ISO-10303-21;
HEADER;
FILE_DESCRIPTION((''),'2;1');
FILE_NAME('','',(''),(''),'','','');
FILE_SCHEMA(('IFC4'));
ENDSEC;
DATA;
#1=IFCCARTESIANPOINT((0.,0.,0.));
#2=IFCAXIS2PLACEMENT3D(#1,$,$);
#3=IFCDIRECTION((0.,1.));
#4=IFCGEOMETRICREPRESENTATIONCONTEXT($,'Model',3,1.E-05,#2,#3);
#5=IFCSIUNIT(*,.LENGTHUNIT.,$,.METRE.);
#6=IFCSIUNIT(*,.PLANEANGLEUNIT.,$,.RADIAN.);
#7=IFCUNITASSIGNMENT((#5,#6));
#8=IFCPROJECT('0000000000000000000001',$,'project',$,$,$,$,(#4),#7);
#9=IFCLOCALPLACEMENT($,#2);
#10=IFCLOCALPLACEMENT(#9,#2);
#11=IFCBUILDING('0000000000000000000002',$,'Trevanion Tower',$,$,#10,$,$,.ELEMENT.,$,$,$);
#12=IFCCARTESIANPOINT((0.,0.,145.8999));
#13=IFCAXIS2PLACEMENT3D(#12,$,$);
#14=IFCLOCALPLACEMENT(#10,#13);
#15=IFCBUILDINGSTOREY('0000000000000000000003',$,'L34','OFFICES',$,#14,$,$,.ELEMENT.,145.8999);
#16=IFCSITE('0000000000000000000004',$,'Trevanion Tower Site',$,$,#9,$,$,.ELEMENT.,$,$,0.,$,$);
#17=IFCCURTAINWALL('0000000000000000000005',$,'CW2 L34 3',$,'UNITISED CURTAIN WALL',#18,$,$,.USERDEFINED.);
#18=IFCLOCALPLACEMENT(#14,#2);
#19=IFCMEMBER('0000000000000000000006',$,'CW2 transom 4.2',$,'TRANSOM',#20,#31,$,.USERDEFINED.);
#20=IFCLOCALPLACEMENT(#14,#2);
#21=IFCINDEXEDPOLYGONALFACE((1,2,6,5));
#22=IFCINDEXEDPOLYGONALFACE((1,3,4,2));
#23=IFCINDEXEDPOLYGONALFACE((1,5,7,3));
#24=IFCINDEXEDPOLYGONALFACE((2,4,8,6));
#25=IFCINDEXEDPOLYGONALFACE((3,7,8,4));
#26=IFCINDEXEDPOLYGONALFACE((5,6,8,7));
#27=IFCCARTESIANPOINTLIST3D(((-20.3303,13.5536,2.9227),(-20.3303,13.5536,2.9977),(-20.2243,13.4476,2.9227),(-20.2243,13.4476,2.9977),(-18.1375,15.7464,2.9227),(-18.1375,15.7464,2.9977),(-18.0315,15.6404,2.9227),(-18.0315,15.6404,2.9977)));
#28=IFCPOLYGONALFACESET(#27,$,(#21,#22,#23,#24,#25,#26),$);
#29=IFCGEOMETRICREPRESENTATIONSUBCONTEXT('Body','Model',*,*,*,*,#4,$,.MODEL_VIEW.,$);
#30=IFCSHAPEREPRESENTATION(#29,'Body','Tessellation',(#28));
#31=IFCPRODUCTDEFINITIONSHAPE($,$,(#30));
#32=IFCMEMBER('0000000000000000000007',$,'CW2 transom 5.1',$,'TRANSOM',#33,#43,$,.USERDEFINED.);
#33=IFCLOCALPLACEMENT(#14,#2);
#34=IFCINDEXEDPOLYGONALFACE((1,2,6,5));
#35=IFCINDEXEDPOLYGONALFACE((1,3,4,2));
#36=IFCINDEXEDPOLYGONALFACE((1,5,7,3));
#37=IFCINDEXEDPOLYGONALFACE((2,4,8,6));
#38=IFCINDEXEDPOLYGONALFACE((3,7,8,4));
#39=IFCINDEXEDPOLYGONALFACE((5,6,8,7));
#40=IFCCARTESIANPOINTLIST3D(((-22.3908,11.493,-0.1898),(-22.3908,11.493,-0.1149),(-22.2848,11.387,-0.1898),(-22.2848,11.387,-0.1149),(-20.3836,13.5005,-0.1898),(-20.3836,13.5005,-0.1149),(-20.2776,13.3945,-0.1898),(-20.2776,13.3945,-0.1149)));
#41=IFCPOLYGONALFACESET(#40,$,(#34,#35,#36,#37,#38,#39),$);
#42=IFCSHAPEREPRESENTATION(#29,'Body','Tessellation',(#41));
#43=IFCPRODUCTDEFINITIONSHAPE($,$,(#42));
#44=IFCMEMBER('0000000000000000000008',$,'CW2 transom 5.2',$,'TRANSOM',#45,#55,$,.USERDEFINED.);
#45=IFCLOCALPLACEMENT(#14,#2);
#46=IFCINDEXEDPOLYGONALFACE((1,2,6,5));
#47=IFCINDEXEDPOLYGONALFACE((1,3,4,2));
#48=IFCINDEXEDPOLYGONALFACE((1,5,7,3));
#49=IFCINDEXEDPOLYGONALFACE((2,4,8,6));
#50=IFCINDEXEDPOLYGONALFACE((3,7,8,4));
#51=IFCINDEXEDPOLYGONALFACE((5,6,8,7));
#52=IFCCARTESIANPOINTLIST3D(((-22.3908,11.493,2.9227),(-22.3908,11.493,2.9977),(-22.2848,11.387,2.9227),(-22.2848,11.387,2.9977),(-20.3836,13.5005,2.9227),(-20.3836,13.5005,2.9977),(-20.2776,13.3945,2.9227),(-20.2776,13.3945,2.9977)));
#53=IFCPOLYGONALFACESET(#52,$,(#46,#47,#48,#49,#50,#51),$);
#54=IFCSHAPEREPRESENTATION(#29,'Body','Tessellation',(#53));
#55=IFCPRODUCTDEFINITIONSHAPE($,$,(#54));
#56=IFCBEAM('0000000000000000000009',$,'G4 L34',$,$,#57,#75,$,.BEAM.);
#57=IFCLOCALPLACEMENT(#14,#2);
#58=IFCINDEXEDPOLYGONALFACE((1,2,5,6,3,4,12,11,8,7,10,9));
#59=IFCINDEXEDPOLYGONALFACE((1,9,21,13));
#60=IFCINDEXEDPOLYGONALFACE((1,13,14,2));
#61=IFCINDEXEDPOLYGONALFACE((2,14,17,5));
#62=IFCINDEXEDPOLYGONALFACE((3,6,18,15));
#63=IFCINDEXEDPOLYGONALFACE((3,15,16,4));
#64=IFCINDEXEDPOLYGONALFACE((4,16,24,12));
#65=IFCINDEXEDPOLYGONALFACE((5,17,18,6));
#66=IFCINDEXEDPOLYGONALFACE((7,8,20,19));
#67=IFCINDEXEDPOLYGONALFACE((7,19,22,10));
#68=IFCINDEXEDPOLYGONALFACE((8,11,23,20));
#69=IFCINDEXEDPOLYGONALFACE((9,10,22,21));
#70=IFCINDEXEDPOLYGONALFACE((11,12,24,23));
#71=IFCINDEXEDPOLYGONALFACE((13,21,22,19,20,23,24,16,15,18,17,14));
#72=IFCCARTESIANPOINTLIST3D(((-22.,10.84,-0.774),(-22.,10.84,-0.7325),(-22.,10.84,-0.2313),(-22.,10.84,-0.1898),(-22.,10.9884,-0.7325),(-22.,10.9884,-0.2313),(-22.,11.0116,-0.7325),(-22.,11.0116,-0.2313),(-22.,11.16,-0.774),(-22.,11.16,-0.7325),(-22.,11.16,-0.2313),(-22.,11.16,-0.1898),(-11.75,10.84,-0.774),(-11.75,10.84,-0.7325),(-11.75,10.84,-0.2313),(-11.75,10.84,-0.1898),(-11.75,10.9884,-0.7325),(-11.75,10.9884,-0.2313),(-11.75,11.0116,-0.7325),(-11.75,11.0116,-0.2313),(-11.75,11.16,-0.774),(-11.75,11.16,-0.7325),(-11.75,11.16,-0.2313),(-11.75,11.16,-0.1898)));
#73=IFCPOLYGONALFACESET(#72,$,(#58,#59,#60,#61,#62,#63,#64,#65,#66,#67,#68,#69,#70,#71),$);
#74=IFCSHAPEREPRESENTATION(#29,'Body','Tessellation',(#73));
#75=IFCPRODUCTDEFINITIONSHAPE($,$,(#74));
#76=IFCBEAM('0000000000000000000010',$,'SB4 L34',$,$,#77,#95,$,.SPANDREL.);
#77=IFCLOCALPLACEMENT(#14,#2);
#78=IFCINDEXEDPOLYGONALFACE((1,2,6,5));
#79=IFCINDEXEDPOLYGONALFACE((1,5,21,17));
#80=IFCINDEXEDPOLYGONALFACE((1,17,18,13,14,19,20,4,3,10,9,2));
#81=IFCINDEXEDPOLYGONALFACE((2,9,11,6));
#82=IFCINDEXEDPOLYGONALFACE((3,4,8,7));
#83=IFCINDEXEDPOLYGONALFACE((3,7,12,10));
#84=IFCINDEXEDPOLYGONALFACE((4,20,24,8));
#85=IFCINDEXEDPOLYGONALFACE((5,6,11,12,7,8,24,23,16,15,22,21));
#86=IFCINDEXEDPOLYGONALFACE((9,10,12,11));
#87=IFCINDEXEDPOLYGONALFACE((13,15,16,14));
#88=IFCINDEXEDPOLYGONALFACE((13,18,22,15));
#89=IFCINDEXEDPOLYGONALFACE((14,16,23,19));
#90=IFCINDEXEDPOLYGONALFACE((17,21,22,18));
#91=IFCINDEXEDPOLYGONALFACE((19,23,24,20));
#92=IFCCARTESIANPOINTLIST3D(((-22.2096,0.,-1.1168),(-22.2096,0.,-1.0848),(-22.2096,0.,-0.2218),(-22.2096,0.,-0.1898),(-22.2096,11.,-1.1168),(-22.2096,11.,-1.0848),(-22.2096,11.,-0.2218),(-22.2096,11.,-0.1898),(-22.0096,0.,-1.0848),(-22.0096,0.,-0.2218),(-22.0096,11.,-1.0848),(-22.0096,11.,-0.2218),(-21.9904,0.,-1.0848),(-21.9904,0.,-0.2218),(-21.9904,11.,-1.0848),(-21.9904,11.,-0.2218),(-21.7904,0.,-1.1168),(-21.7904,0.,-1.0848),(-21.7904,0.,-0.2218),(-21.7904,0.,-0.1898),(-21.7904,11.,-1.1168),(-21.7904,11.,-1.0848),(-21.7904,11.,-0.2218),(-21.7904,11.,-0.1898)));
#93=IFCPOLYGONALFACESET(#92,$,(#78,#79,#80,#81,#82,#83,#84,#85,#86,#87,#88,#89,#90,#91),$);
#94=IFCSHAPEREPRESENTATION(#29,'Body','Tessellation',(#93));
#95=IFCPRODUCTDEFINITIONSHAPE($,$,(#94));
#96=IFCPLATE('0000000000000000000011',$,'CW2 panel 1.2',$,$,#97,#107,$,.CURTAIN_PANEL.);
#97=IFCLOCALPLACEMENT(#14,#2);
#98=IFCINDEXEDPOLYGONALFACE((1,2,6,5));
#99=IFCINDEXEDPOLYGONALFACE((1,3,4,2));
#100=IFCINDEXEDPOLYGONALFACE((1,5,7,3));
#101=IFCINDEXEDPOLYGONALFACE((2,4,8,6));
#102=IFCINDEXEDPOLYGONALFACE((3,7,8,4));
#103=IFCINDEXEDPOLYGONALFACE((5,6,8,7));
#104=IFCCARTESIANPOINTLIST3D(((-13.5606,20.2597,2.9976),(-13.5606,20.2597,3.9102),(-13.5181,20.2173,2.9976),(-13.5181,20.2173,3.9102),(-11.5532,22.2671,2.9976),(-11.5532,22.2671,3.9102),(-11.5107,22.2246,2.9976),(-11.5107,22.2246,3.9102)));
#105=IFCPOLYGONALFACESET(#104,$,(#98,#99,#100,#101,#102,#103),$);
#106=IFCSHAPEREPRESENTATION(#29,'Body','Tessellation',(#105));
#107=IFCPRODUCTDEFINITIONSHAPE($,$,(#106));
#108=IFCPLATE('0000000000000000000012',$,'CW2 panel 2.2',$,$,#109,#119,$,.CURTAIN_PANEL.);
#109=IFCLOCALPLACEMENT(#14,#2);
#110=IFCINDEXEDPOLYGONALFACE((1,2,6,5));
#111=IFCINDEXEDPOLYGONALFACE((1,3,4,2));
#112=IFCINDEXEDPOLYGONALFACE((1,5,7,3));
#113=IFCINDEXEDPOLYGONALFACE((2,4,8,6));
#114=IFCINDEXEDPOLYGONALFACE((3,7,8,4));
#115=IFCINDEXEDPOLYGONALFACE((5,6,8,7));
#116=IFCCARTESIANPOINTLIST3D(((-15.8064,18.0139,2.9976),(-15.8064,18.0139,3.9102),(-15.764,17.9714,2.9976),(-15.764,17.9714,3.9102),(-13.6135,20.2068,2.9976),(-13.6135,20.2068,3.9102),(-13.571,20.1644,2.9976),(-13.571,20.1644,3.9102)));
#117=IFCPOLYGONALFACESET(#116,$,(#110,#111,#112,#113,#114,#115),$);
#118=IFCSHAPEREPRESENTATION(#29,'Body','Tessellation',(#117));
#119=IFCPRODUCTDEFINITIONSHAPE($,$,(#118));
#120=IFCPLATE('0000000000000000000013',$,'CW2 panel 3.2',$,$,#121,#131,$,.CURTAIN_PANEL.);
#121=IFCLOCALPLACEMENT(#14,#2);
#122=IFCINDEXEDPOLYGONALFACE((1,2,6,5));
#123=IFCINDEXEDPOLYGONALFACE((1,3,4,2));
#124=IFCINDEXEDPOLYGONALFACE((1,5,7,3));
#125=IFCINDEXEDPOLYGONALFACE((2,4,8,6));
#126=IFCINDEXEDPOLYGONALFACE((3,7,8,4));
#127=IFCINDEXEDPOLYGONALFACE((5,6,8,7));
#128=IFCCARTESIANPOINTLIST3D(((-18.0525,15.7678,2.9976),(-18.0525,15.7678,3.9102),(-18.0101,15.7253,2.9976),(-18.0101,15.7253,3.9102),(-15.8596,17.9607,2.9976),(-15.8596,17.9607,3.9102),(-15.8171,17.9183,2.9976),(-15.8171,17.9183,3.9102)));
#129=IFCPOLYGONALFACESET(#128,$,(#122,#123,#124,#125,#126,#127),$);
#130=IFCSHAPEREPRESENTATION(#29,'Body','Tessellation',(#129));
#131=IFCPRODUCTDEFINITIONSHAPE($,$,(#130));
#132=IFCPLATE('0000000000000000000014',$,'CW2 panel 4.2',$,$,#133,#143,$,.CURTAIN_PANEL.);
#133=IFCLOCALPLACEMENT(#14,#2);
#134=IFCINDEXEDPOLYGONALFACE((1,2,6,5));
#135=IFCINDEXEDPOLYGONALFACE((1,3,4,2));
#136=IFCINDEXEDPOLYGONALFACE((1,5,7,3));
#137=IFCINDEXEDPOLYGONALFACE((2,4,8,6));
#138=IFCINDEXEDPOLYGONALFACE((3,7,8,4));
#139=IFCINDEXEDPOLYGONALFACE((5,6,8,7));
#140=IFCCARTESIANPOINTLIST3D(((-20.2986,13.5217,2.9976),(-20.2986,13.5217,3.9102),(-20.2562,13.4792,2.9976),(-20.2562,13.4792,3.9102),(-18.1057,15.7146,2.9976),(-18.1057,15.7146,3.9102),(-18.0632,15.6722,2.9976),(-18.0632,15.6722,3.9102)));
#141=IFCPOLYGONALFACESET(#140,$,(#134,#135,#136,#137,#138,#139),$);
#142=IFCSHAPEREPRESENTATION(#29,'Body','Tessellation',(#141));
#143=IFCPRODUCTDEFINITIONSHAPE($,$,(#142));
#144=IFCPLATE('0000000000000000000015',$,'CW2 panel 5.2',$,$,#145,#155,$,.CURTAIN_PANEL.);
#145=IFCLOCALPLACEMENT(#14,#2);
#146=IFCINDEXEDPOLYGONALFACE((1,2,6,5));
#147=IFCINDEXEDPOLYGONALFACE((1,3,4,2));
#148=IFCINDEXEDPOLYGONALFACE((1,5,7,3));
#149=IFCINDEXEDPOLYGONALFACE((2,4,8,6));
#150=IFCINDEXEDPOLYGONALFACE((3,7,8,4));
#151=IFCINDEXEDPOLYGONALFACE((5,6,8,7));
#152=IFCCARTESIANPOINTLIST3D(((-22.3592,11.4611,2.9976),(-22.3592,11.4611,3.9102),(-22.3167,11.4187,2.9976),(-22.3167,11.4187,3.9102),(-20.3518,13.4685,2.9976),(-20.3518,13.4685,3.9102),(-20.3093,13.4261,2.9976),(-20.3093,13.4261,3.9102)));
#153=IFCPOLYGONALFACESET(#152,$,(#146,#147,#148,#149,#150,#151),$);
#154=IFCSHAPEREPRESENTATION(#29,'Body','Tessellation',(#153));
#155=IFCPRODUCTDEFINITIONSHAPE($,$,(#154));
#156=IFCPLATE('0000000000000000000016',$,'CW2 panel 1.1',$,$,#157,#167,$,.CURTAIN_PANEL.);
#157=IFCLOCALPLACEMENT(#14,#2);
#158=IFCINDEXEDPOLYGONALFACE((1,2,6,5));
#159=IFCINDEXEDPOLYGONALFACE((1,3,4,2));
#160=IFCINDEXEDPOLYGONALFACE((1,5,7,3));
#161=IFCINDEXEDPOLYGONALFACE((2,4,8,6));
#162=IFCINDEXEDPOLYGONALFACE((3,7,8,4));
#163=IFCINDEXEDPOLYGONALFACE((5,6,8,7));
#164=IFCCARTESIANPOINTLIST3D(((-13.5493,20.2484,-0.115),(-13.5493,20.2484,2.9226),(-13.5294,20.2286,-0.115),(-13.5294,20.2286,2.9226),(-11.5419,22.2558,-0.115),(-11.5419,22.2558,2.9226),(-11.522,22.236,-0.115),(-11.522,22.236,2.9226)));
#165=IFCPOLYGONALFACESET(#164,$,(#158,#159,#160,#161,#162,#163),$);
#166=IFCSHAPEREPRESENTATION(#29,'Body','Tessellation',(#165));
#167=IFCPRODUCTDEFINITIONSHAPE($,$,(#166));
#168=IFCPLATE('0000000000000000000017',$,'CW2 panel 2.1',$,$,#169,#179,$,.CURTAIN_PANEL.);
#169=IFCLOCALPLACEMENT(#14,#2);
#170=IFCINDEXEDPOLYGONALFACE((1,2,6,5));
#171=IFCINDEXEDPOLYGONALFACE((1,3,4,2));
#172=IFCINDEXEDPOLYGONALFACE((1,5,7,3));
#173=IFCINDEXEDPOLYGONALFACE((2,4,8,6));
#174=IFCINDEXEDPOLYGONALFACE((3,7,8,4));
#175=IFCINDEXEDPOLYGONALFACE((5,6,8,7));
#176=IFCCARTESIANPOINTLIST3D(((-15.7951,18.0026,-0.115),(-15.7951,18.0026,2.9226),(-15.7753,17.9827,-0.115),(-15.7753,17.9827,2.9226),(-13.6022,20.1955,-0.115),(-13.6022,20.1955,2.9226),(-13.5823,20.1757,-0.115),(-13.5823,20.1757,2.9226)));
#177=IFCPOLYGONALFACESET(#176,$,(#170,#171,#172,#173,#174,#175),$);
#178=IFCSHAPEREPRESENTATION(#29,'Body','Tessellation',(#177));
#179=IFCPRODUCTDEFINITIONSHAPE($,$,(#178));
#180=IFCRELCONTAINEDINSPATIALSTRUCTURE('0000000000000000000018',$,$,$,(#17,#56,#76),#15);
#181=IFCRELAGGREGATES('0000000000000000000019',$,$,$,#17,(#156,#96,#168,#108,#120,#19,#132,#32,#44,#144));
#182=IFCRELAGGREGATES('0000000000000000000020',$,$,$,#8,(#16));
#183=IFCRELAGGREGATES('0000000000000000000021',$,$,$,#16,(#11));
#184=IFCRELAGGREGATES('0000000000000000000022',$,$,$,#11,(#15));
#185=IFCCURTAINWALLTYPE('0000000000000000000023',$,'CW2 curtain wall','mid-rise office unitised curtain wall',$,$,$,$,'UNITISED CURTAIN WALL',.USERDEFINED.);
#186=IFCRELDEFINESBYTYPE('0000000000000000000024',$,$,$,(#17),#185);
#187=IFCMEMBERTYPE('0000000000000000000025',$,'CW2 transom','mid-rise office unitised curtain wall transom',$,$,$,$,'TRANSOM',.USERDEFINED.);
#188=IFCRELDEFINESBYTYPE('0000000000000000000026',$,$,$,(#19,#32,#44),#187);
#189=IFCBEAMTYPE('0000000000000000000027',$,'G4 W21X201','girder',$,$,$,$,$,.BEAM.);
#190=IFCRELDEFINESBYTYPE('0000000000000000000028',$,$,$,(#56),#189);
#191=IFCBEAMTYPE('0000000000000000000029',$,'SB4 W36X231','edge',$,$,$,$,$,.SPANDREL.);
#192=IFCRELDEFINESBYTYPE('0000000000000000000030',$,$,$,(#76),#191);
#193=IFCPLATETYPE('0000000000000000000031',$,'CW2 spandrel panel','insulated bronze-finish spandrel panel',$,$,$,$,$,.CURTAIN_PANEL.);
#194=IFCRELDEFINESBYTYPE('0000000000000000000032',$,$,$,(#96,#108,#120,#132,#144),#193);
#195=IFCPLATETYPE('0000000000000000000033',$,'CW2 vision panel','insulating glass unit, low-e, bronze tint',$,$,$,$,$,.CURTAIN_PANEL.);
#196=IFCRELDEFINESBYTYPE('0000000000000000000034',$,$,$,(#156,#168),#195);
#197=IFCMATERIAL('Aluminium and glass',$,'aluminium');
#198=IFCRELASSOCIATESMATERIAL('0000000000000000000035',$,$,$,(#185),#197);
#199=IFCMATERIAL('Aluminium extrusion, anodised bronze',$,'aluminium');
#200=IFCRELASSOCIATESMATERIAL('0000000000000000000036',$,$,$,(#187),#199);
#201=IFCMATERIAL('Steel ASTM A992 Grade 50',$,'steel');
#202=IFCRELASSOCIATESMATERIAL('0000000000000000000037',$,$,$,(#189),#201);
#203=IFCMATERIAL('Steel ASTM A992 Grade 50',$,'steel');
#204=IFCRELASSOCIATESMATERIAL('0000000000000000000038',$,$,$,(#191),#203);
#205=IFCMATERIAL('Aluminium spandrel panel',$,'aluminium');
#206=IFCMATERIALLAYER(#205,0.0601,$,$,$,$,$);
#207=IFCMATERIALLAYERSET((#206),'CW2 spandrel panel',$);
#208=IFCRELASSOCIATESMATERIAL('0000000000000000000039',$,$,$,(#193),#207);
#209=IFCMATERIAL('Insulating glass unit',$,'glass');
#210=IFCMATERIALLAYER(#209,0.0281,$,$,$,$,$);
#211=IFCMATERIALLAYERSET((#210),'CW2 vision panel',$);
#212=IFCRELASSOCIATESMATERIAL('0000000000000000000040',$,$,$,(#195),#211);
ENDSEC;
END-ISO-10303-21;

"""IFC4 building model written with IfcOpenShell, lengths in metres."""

from ifc_helpers import new_model, si_unit, direction, frame, origin, origin_2d, place, context, subcontext, project, spatial, rectangle, i_section, extrude, material, layer, layer_set, material_profile, profile_set, type_object, element, aggregate, save


model = new_model("IFC4")

# Units and contexts
model_context = context("Model", 3, precision=1e-05, world=origin(), true_north=direction((0.0, 1.0)))
body_context = subcontext(model_context, "Body", "Model", "MODEL_VIEW")
ifc_project = project(units=[si_unit("LENGTHUNIT", "METRE"), si_unit("PLANEANGLEUNIT", "RADIAN")], contexts=[model_context])

# Site, building, storey
site_placement = place(None, origin())
site = spatial("IfcSite", under=ifc_project, at=site_placement, Name="Trevanion Tower Site", CompositionType="ELEMENT", RefElevation=0.0)
building_placement = place(site_placement, origin())
building = spatial("IfcBuilding", under=site, at=building_placement, Name="Trevanion Tower", CompositionType="ELEMENT")
storey_placement = place(building_placement, frame((0.0, 0.0, 145.8999)))
storey = spatial("IfcBuildingStorey", under=building, at=storey_placement, Name="L34", Description="OFFICES", CompositionType="ELEMENT", Elevation=145.8999)

# Curtain wall, members
ifc_material_1 = material(Name="Aluminium and glass", Category="aluminium")
curtain_wall_type = type_object("IfcCurtainWallType", Name="CW2 curtain wall", Description="mid-rise office unitised curtain wall", ElementType="UNITISED CURTAIN WALL", PredefinedType="USERDEFINED", material=ifc_material_1)
curtain_wall_placement = place(storey_placement, origin())
curtain_wall = element("IfcCurtainWall", 1, at=curtain_wall_placement, inside=storey, type_object=curtain_wall_type, Name="CW2 L34 3", ObjectType="UNITISED CURTAIN WALL", PredefinedType="USERDEFINED")
ifc_material_2 = material(Name="Aluminium extrusion, anodised bronze", Category="aluminium")
ifc_material_profile_1 = material_profile(ifc_material_2, rectangle(XDim=0.1499, YDim=0.075, at=origin_2d()), Name="CW2 transom")
ifc_profile_set_1 = profile_set([ifc_material_profile_1], Name="Aluminium extrusion, anodised bronze")
member_type_1 = type_object("IfcMemberType", Name="CW2 transom", Description="mid-rise office unitised curtain wall transom", ElementType="TRANSOM", PredefinedType="USERDEFINED", material=ifc_profile_set_1)
member_1_placement = place(storey_placement, frame((-18.0845, 15.6934, 2.9602), z_axis=(-0.707107, -0.707107, 0.0), x_axis=(0.707107, -0.707107, 0.0)))
member_1 = element("IfcMember", 2, at=member_1_placement, type_object=member_type_1, Name="CW2 transom 4.2", ObjectType="TRANSOM", PredefinedType="USERDEFINED", context=body_context, shape_type="SweptSolid", body=[
    extrude(rectangle(XDim=0.1499, YDim=0.075, at=origin_2d()), origin(), (0.0, 0.0, 1.0), 3.1011),
])
member_2_placement = place(storey_placement, frame((-20.3306, 13.4475, -0.1523), z_axis=(-0.707064, -0.70715, 0.0), x_axis=(0.70715, -0.707064, 0.0)))
member_2 = element("IfcMember", 3, at=member_2_placement, type_object=member_type_1, Name="CW2 transom 5.1", ObjectType="TRANSOM", PredefinedType="USERDEFINED", context=body_context, shape_type="SweptSolid", body=[
    extrude(rectangle(XDim=0.1499, YDim=0.075, at=origin_2d()), origin(), (0.0, 0.0, 1.0), 2.8389),
])
member_3_placement = place(storey_placement, frame((-20.3306, 13.4475, 2.9602), z_axis=(-0.707064, -0.70715, 0.0), x_axis=(0.70715, -0.707064, 0.0)))
member_3 = element("IfcMember", 4, at=member_3_placement, type_object=member_type_1, Name="CW2 transom 5.2", ObjectType="TRANSOM", PredefinedType="USERDEFINED", context=body_context, shape_type="SweptSolid", body=[
    extrude(rectangle(XDim=0.1499, YDim=0.075, at=origin_2d()), origin(), (0.0, 0.0, 1.0), 2.8389),
])

# Beams
ifc_material_3 = material(Name="Steel ASTM A992 Grade 50", Category="steel")
ifc_material_profile_2 = material_profile(ifc_material_3, i_section(OverallWidth=0.3201, OverallDepth=0.5842, WebThickness=0.0232, FlangeThickness=0.0415, at=origin_2d()), Name="W21X201")
ifc_profile_set_2 = profile_set([ifc_material_profile_2], Name="Steel ASTM A992 Grade 50")
beam_type_1 = type_object("IfcBeamType", Name="G4 W21X201", Description="girder", PredefinedType="BEAM", material=ifc_profile_set_2)
beam_1_placement = place(storey_placement, frame((-11.75, 11.0, -0.4819), z_axis=(-1.0, 0.0, 0.0), x_axis=(0.0, -1.0, 0.0)))
element("IfcBeam", 5, at=beam_1_placement, inside=storey, type_object=beam_type_1, Name="G4 L34", PredefinedType="BEAM", context=body_context, shape_type="SweptSolid", body=[
    extrude(i_section(OverallWidth=0.3201, OverallDepth=0.5842, WebThickness=0.0232, FlangeThickness=0.0415, at=origin_2d()), origin(), (0.0, 0.0, 1.0), 10.25),
])
ifc_material_4 = material(Name="Steel ASTM A992 Grade 50", Category="steel")
ifc_material_profile_3 = material_profile(ifc_material_4, i_section(OverallWidth=0.4192, OverallDepth=0.927, WebThickness=0.0193, FlangeThickness=0.032, at=origin_2d()), Name="W36X231")
ifc_profile_set_3 = profile_set([ifc_material_profile_3], Name="Steel ASTM A992 Grade 50")
beam_type_2 = type_object("IfcBeamType", Name="SB4 W36X231", Description="edge", PredefinedType="SPANDREL", material=ifc_profile_set_3)
beam_2_placement = place(storey_placement, frame((-22.0, 11.0, -0.6533), z_axis=(0.0, -1.0, 0.0), x_axis=(1.0, 0.0, 0.0)))
element("IfcBeam", 6, at=beam_2_placement, inside=storey, type_object=beam_type_2, Name="SB4 L34", PredefinedType="SPANDREL", context=body_context, shape_type="SweptSolid", body=[
    extrude(i_section(OverallWidth=0.4192, OverallDepth=0.927, WebThickness=0.0193, FlangeThickness=0.032, at=origin_2d()), origin(), (0.0, 0.0, 1.0), 11.0),
])

# Plates
ifc_material_5 = material(Name="Aluminium spandrel panel", Category="aluminium")
ifc_layer_1 = layer(ifc_material_5, 0.0601)
ifc_layer_set_1 = layer_set([ifc_layer_1], Name="CW2 spandrel panel")
plate_type_1 = type_object("IfcPlateType", Name="CW2 spandrel panel", Description="insulated bronze-finish spandrel panel", PredefinedType="CURTAIN_PANEL", material=ifc_layer_set_1)
plate_1_placement = place(storey_placement, frame((-12.5356, 21.2422, 2.9976), z_axis=(0.0, 0.0, 1.0), x_axis=(-0.707107, -0.707107, 0.0)))
plate_1 = element("IfcPlate", 7, at=plate_1_placement, type_object=plate_type_1, Name="CW2 panel 1.2", PredefinedType="CURTAIN_PANEL", context=body_context, shape_type="SweptSolid", body=[
    extrude(rectangle(XDim=2.8389, YDim=0.0601, at=origin_2d()), origin(), (0.0, 0.0, 1.0), 0.9126),
])
plate_2_placement = place(storey_placement, frame((-14.6887, 19.0891, 2.9976), z_axis=(0.0, 0.0, 1.0), x_axis=(-0.707107, -0.707107, 0.0)))
plate_2 = element("IfcPlate", 8, at=plate_2_placement, type_object=plate_type_1, Name="CW2 panel 2.2", PredefinedType="CURTAIN_PANEL", context=body_context, shape_type="SweptSolid", body=[
    extrude(rectangle(XDim=3.1013, YDim=0.0601, at=origin_2d()), origin(), (0.0, 0.0, 1.0), 0.9126),
])
plate_3_placement = place(storey_placement, frame((-16.9348, 16.843, 2.9976), z_axis=(0.0, 0.0, 1.0), x_axis=(-0.707107, -0.707107, 0.0)))
plate_3 = element("IfcPlate", 9, at=plate_3_placement, type_object=plate_type_1, Name="CW2 panel 3.2", PredefinedType="CURTAIN_PANEL", context=body_context, shape_type="SweptSolid", body=[
    extrude(rectangle(XDim=3.1013, YDim=0.0601, at=origin_2d()), origin(), (0.0, 0.0, 1.0), 0.9126),
])
plate_4_placement = place(storey_placement, frame((-19.1809, 14.5969, 2.9976), z_axis=(0.0, 0.0, 1.0), x_axis=(-0.707107, -0.707107, 0.0)))
plate_4 = element("IfcPlate", 10, at=plate_4_placement, type_object=plate_type_1, Name="CW2 panel 4.2", PredefinedType="CURTAIN_PANEL", context=body_context, shape_type="SweptSolid", body=[
    extrude(rectangle(XDim=3.1013, YDim=0.0601, at=origin_2d()), origin(), (0.0, 0.0, 1.0), 0.9126),
])
plate_5_placement = place(storey_placement, frame((-21.3342, 12.4436, 2.9976), z_axis=(0.0, 0.0, 1.0), x_axis=(-0.707107, -0.707107, 0.0)))
plate_5 = element("IfcPlate", 11, at=plate_5_placement, type_object=plate_type_1, Name="CW2 panel 5.2", PredefinedType="CURTAIN_PANEL", context=body_context, shape_type="SweptSolid", body=[
    extrude(rectangle(XDim=2.8389, YDim=0.0601, at=origin_2d()), origin(), (0.0, 0.0, 1.0), 0.9126),
])
ifc_material_6 = material(Name="Insulating glass unit", Category="glass")
ifc_layer_2 = layer(ifc_material_6, 0.0281)
ifc_layer_set_2 = layer_set([ifc_layer_2], Name="CW2 vision panel")
plate_type_2 = type_object("IfcPlateType", Name="CW2 vision panel", Description="insulating glass unit, low-e, bronze tint", PredefinedType="CURTAIN_PANEL", material=ifc_layer_set_2)
plate_6_placement = place(storey_placement, frame((-12.5356, 21.2422, -0.115), z_axis=(0.0, 0.0, 1.0), x_axis=(-0.707107, -0.707107, 0.0)))
plate_6 = element("IfcPlate", 12, at=plate_6_placement, type_object=plate_type_2, Name="CW2 panel 1.1", PredefinedType="CURTAIN_PANEL", context=body_context, shape_type="SweptSolid", body=[
    extrude(rectangle(XDim=2.8389, YDim=0.0281, at=origin_2d()), origin(), (0.0, 0.0, 1.0), 3.0376),
])
plate_7_placement = place(storey_placement, frame((-14.6887, 19.0891, -0.115), z_axis=(0.0, 0.0, 1.0), x_axis=(-0.707107, -0.707107, 0.0)))
plate_7 = element("IfcPlate", 13, at=plate_7_placement, type_object=plate_type_2, Name="CW2 panel 2.1", PredefinedType="CURTAIN_PANEL", context=body_context, shape_type="SweptSolid", body=[
    extrude(rectangle(XDim=3.1013, YDim=0.0281, at=origin_2d()), origin(), (0.0, 0.0, 1.0), 3.0376),
])
aggregate(curtain_wall, [plate_6, plate_1, plate_7, plate_2, plate_3, member_1, plate_4, member_2, member_3, plate_5])

save(model, "model.ifc")
